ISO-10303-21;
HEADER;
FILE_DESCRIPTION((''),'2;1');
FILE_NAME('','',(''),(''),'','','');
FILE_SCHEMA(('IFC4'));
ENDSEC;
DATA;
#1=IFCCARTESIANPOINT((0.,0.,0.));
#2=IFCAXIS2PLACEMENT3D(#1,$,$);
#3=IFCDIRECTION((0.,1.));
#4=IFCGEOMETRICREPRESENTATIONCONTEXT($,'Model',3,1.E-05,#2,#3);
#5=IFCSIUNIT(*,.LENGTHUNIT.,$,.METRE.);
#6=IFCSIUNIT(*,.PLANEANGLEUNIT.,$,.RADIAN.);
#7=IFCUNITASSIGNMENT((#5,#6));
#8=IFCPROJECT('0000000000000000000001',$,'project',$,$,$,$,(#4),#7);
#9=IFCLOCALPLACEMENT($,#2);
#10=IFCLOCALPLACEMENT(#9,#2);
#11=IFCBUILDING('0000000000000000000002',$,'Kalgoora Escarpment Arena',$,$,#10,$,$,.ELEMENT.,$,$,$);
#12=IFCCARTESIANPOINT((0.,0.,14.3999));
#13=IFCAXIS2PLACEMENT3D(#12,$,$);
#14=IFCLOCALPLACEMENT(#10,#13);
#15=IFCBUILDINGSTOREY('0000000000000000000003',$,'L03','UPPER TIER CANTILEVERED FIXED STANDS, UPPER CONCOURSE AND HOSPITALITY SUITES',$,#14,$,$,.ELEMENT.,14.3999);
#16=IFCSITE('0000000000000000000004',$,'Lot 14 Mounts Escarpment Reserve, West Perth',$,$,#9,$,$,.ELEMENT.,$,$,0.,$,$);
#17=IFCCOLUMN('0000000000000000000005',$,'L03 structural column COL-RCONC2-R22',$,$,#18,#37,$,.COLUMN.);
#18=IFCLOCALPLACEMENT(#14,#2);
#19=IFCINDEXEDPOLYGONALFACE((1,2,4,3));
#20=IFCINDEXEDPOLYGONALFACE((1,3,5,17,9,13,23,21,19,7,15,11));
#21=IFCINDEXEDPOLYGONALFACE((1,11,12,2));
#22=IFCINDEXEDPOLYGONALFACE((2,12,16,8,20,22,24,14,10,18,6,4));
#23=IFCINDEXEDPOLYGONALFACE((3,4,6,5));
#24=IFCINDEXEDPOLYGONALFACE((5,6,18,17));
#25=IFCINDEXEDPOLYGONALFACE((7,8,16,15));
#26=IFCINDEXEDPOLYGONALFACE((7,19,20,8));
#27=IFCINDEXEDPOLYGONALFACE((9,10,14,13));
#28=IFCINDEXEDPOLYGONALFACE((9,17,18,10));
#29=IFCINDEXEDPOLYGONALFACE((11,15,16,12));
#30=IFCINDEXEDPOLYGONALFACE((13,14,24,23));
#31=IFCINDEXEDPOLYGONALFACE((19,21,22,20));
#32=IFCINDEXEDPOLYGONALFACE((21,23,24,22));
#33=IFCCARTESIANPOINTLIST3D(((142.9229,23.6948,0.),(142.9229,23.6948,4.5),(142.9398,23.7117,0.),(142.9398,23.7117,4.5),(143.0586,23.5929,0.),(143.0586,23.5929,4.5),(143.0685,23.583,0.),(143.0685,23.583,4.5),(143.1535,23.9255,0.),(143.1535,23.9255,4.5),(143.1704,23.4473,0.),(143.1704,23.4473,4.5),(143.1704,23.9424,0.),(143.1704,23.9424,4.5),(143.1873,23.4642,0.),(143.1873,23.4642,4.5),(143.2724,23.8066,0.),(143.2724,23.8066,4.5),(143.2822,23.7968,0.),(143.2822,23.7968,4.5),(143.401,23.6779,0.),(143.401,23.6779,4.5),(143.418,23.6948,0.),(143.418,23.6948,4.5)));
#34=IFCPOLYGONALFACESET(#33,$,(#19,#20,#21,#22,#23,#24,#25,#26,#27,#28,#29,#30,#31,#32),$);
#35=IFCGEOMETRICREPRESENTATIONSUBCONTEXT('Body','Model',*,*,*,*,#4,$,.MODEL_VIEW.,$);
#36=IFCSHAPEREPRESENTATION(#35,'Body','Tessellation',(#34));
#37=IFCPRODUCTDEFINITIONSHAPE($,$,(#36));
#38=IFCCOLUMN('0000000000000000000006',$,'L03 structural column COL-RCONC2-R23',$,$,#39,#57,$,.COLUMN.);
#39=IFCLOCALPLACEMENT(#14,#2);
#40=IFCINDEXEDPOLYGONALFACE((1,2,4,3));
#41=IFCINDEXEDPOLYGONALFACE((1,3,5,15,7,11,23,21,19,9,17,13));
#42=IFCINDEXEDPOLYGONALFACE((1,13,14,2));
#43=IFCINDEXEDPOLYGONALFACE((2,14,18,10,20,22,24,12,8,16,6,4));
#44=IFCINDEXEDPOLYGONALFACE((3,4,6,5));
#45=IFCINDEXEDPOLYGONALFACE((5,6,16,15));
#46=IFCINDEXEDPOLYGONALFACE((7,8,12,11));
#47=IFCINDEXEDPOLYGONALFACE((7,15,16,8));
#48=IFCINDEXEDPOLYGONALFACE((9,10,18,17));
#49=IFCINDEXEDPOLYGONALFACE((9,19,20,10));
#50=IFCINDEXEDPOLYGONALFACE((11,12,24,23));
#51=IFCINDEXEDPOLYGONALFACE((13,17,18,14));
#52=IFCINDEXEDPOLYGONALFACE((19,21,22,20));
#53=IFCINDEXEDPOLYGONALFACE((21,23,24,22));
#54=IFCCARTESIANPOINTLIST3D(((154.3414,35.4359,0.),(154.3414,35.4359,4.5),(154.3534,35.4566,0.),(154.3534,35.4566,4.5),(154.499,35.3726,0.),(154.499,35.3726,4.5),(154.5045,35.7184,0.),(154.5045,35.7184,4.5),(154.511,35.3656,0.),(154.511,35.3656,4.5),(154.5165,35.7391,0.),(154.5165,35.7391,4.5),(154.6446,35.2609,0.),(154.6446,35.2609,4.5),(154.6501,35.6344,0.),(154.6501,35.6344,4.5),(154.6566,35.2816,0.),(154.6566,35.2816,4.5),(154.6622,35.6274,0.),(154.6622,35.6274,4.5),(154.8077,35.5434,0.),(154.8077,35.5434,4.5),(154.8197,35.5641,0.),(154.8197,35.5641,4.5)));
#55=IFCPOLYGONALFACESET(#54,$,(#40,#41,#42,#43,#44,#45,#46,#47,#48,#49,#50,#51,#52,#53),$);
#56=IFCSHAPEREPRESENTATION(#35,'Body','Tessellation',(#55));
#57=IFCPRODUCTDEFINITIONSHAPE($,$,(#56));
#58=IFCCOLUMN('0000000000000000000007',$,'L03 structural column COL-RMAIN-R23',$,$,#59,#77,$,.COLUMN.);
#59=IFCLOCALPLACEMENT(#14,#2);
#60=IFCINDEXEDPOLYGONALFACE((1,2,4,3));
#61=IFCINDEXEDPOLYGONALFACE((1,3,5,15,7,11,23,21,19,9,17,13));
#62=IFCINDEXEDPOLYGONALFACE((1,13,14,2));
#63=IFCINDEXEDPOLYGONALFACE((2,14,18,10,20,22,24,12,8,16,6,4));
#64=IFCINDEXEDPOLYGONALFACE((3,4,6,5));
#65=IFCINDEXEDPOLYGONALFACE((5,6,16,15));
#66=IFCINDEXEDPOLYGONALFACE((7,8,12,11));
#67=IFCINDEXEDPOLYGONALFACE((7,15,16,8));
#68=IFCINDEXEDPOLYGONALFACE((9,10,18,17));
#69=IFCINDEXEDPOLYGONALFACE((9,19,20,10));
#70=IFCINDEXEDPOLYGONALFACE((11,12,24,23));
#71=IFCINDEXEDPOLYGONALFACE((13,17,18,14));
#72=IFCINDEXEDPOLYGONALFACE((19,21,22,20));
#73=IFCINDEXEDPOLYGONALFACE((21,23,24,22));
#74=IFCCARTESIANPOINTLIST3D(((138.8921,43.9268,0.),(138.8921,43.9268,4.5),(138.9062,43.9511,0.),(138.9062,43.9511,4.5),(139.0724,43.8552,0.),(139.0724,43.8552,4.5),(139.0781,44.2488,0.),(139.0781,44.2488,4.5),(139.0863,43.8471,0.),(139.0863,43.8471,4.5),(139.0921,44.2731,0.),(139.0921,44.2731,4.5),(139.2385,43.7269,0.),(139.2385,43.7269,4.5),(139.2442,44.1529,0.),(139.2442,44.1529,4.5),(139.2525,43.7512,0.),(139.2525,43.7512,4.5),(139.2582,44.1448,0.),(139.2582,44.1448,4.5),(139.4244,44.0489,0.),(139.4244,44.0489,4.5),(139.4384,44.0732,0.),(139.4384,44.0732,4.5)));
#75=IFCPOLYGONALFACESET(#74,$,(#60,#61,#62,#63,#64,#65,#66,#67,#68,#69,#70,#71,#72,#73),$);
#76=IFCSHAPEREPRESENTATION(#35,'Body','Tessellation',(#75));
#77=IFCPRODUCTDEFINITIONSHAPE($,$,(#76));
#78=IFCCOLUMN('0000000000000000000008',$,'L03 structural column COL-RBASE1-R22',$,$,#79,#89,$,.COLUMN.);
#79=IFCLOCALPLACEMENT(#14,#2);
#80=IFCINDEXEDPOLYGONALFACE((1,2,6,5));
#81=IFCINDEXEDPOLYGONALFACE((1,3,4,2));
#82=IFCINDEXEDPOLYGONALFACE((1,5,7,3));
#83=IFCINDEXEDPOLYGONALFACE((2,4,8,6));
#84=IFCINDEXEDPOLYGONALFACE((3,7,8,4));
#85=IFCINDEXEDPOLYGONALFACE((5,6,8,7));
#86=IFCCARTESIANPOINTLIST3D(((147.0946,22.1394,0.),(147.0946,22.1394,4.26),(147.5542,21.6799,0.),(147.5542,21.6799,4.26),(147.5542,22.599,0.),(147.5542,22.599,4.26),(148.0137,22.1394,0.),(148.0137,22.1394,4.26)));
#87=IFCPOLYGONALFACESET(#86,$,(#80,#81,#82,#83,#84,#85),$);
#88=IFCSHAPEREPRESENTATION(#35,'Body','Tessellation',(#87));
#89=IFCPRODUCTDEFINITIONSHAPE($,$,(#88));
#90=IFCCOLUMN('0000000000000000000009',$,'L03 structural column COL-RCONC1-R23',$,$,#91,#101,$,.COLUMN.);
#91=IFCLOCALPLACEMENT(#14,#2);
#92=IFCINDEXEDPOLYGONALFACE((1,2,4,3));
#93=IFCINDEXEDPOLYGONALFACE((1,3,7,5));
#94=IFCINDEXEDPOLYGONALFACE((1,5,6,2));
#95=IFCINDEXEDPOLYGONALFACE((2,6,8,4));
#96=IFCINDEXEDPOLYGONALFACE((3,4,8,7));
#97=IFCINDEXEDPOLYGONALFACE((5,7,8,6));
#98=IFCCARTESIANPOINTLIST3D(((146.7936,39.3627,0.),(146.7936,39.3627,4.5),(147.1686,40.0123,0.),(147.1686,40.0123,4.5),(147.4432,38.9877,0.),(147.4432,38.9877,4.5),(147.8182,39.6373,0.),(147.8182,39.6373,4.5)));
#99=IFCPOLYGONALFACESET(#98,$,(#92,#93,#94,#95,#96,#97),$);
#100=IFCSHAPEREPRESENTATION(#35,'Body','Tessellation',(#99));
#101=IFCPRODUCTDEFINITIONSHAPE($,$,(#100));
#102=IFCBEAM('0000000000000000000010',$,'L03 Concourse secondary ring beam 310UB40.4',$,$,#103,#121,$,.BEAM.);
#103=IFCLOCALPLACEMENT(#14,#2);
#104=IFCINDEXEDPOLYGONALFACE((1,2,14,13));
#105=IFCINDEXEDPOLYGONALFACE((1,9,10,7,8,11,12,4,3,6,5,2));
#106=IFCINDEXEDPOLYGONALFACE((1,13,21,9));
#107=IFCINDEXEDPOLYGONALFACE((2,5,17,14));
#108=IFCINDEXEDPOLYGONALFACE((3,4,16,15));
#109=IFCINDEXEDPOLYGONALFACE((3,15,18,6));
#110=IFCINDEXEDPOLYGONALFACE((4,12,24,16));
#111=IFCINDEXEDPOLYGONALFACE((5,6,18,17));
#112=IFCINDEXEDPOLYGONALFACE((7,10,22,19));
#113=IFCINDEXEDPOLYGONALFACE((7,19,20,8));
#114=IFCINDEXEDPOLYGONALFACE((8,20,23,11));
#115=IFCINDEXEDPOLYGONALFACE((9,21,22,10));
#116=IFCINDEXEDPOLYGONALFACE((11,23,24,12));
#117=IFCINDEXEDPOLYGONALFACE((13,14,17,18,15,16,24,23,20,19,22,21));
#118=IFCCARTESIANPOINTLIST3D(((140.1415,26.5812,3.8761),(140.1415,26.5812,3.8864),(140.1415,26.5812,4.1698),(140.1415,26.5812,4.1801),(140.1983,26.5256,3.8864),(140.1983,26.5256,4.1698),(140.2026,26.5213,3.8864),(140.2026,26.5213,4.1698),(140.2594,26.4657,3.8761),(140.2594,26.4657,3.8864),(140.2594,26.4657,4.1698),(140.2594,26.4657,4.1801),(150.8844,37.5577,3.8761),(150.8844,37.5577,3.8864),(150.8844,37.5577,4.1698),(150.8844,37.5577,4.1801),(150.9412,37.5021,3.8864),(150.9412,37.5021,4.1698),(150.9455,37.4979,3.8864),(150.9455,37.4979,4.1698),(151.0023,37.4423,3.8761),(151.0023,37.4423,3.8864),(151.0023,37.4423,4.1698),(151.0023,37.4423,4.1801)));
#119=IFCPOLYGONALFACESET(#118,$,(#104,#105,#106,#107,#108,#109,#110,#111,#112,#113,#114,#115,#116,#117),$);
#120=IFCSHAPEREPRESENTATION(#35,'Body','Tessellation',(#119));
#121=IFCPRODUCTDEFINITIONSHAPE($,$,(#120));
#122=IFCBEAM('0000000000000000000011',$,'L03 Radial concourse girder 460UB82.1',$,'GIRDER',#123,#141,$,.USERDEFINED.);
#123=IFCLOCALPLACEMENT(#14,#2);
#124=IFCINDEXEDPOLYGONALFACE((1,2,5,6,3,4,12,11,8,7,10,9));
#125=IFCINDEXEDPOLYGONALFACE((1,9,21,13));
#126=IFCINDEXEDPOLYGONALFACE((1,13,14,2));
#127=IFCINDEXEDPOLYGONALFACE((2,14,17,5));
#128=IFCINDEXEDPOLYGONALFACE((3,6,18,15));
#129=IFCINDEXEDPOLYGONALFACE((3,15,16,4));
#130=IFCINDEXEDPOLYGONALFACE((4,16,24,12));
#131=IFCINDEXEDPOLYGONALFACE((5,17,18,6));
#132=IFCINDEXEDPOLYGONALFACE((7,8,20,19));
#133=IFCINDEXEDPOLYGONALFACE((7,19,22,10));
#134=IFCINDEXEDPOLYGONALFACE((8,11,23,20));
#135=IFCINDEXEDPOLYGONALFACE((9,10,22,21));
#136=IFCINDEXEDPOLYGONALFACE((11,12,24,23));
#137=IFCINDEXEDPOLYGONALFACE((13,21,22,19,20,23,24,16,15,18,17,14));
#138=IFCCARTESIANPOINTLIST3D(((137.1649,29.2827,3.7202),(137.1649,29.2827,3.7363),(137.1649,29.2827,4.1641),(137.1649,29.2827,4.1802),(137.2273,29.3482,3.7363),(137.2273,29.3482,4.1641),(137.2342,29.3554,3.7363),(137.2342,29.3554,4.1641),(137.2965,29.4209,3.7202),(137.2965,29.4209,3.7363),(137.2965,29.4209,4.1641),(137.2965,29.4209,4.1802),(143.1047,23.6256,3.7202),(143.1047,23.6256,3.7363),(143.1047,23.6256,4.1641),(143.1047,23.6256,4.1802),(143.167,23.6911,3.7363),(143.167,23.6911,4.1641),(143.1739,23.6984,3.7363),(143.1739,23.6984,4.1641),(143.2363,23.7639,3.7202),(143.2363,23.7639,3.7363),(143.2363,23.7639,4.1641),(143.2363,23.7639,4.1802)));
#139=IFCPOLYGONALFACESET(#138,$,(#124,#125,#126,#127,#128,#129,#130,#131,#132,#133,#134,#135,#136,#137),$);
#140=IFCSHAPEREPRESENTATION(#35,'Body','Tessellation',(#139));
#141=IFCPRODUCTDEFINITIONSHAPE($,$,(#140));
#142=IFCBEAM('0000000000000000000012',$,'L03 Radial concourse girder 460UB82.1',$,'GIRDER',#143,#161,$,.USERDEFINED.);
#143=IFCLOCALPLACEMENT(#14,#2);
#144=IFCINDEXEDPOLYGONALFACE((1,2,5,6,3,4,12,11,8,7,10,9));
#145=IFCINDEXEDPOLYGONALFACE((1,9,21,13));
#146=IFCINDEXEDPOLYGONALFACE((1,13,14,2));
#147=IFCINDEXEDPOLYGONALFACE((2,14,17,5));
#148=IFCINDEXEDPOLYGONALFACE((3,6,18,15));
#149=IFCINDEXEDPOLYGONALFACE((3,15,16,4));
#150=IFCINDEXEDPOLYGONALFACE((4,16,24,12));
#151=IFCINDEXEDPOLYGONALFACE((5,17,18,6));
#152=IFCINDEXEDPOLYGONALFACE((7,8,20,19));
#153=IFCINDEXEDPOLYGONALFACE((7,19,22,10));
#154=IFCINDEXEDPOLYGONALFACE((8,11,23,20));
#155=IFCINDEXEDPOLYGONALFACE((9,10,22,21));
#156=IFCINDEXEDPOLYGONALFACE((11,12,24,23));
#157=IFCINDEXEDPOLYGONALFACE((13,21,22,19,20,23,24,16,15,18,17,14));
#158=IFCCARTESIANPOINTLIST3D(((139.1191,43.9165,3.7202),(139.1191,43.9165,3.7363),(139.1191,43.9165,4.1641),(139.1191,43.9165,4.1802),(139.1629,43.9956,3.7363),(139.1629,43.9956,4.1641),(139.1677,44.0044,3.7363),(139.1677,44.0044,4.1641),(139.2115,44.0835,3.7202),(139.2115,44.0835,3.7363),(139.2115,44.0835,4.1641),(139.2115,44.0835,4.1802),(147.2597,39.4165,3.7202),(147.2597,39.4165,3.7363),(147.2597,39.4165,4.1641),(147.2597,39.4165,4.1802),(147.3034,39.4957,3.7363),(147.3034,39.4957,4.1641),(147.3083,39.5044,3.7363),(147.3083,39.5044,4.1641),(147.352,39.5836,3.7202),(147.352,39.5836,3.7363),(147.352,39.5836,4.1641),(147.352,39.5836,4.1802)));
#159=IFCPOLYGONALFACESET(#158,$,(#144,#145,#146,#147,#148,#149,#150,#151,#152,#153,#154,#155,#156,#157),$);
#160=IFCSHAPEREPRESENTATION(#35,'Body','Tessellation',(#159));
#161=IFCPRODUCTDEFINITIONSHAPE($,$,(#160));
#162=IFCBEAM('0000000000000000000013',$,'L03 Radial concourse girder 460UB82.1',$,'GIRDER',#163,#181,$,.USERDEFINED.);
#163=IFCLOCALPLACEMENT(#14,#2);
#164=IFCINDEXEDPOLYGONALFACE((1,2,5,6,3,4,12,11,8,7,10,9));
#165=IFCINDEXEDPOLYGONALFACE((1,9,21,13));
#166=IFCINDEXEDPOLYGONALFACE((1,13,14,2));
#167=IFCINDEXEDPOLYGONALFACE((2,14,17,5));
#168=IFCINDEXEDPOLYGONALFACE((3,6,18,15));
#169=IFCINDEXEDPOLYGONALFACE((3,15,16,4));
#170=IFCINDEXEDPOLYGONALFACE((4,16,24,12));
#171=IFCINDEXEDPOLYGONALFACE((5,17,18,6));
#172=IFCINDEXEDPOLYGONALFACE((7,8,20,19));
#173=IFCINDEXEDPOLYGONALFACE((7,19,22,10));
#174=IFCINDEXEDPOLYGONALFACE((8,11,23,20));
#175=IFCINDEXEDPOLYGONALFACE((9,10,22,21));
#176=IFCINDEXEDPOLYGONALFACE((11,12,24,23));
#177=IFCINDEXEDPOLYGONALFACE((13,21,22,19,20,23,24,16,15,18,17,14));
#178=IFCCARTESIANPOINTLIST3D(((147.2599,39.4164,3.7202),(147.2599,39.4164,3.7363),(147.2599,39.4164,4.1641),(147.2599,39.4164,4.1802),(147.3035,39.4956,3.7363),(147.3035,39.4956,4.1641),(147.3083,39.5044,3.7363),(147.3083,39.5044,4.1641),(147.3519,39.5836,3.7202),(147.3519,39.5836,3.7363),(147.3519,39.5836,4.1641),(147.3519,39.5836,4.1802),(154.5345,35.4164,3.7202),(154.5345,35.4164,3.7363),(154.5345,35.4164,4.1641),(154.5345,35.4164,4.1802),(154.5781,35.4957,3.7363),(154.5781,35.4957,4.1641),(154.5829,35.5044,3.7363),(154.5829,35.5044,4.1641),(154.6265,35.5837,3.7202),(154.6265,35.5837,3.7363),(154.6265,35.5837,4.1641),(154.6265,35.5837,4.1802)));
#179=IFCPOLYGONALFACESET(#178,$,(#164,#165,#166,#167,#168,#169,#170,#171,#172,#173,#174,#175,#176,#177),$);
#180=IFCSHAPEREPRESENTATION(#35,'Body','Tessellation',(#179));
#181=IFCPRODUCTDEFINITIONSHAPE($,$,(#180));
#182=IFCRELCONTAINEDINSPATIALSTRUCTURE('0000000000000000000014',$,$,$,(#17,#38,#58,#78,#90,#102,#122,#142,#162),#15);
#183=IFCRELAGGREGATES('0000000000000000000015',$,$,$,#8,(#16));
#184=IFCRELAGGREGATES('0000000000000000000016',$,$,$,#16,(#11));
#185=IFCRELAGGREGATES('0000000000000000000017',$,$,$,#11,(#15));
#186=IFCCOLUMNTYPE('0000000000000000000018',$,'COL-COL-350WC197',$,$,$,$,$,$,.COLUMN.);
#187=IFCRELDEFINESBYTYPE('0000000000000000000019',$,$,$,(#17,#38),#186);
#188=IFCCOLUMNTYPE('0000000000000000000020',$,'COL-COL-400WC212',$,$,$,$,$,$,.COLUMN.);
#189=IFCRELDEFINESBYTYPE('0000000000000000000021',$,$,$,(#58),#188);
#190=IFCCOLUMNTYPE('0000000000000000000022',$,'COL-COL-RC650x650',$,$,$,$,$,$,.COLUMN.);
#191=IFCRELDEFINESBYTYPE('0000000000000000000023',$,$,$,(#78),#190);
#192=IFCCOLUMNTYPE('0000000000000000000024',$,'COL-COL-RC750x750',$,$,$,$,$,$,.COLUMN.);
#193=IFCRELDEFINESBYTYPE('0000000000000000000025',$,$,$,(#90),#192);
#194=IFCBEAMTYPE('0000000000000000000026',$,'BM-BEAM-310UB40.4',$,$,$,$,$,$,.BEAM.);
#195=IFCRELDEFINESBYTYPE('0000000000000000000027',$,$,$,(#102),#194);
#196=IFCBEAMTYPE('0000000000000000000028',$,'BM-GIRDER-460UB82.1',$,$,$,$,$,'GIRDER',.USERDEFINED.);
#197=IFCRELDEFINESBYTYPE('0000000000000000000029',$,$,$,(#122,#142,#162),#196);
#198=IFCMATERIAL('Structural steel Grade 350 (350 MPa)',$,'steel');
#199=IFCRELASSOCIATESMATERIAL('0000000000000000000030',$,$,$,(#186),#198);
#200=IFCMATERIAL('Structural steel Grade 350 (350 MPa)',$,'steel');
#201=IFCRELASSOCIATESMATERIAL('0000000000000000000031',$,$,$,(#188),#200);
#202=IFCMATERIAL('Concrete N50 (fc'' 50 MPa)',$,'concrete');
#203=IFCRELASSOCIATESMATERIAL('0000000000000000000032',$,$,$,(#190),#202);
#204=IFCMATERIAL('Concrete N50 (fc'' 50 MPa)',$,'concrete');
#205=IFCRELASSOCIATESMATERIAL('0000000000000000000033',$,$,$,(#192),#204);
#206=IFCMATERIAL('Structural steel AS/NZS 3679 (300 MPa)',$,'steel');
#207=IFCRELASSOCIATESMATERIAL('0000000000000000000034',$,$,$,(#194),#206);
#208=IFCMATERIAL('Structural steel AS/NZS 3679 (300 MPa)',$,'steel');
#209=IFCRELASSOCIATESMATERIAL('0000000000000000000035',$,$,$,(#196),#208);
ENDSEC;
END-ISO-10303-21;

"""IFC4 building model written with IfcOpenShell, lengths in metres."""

from ifc_helpers import new_model, si_unit, direction, frame, origin, origin_2d, place, context, subcontext, project, spatial, rectangle, i_section, extrude, material, material_profile, profile_set, type_object, element, save


model = new_model("IFC4")

# Units and contexts
model_context = context("Model", 3, precision=1e-05, world=origin(), true_north=direction((0.0, 1.0)))
body_context = subcontext(model_context, "Body", "Model", "MODEL_VIEW")
ifc_project = project(units=[si_unit("LENGTHUNIT", "METRE"), si_unit("PLANEANGLEUNIT", "RADIAN")], contexts=[model_context])

# Site, building, storey
site_placement = place(None, origin())
site = spatial("IfcSite", under=ifc_project, at=site_placement, Name="Lot 14 Mounts Escarpment Reserve, West Perth", CompositionType="ELEMENT", RefElevation=0.0)
building_placement = place(site_placement, origin())
building = spatial("IfcBuilding", under=site, at=building_placement, Name="Kalgoora Escarpment Arena", CompositionType="ELEMENT")
storey_placement = place(building_placement, frame((0.0, 0.0, 14.3999)))
storey = spatial("IfcBuildingStorey", under=building, at=storey_placement, Name="L03", Description="UPPER TIER CANTILEVERED FIXED STANDS, UPPER CONCOURSE AND HOSPITALITY SUITES", CompositionType="ELEMENT", Elevation=14.3999)

# Columns
ifc_material_1 = material(Name="Structural steel Grade 350 (350 MPa)", Category="steel")
ifc_material_profile_1 = material_profile(ifc_material_1, i_section(OverallWidth=0.3501, OverallDepth=0.3501, WebThickness=0.0139, FlangeThickness=0.0239, at=origin_2d()))
ifc_profile_set_1 = profile_set([ifc_material_profile_1], Name="Structural steel Grade 350 (350 MPa)")
column_type_1 = type_object("IfcColumnType", Name="COL-COL-350WC197", PredefinedType="COLUMN", material=ifc_profile_set_1)
for number, where, z_axis, x_axis, name in (
    (1, (143.1704, 23.6948, 0.0), (0.0, 0.0, 1.0), (0.707107, -0.707107, 0.0), "L03 structural column COL-RCONC2-R22"),
    (2, (154.5806, 35.5, 0.0), (0.0, 0.0, 1.0), (0.866025, -0.5, 0.0), "L03 structural column COL-RCONC2-R23"),
):
    element("IfcColumn", number, at=place(storey_placement, frame(where, z_axis=z_axis, x_axis=x_axis)), inside=storey, type_object=column_type_1, Name=name, PredefinedType="COLUMN", context=body_context, shape_type="SweptSolid", body=[
        extrude(i_section(OverallWidth=0.3501, OverallDepth=0.3501, WebThickness=0.0139, FlangeThickness=0.0239, at=origin_2d()), origin(), (0.0, 0.0, 1.0), 4.5),
    ])
ifc_material_2 = material(Name="Structural steel Grade 350 (350 MPa)", Category="steel")
ifc_material_profile_2 = material_profile(ifc_material_2, i_section(OverallWidth=0.3999, OverallDepth=0.3999, WebThickness=0.0161, FlangeThickness=0.0281, at=origin_2d()))
ifc_profile_set_2 = profile_set([ifc_material_profile_2], Name="Structural steel Grade 350 (350 MPa)")
column_type_2 = type_object("IfcColumnType", Name="COL-COL-400WC212", PredefinedType="COLUMN", material=ifc_profile_set_2)
column_1_placement = place(storey_placement, frame((139.1653, 44.0, 0.0), z_axis=(0.0, 0.0, 1.0), x_axis=(0.866025, -0.5, 0.0)))
element("IfcColumn", 3, at=column_1_placement, inside=storey, type_object=column_type_2, Name="L03 structural column COL-RMAIN-R23", PredefinedType="COLUMN", context=body_context, shape_type="SweptSolid", body=[
    extrude(i_section(OverallWidth=0.3999, OverallDepth=0.3999, WebThickness=0.0161, FlangeThickness=0.0281, at=origin_2d()), origin(), (0.0, 0.0, 1.0), 4.5),
])
ifc_material_3 = material(Name="Concrete N50 (fc' 50 MPa)", Category="concrete")
ifc_material_profile_3 = material_profile(ifc_material_3, rectangle(XDim=0.6499, YDim=0.6499, at=origin_2d()))
ifc_profile_set_3 = profile_set([ifc_material_profile_3], Name="Concrete N50 (fc' 50 MPa)")
column_type_3 = type_object("IfcColumnType", Name="COL-COL-RC650x650", PredefinedType="COLUMN", material=ifc_profile_set_3)
column_2_placement = place(storey_placement, frame((147.5542, 22.1394, 0.0), z_axis=(0.0, 0.0, 1.0), x_axis=(0.707107, -0.707107, 0.0)))
element("IfcColumn", 4, at=column_2_placement, inside=storey, type_object=column_type_3, Name="L03 structural column COL-RBASE1-R22", PredefinedType="COLUMN", context=body_context, shape_type="SweptSolid", body=[
    extrude(rectangle(XDim=0.6499, YDim=0.6499, at=origin_2d()), origin(), (0.0, 0.0, 1.0), 4.26),
])
ifc_material_4 = material(Name="Concrete N50 (fc' 50 MPa)", Category="concrete")
ifc_material_profile_4 = material_profile(ifc_material_4, rectangle(XDim=0.75, YDim=0.75, at=origin_2d()))
ifc_profile_set_4 = profile_set([ifc_material_profile_4], Name="Concrete N50 (fc' 50 MPa)")
column_type_4 = type_object("IfcColumnType", Name="COL-COL-RC750x750", PredefinedType="COLUMN", material=ifc_profile_set_4)
column_3_placement = place(storey_placement, frame((147.3059, 39.5, 0.0), z_axis=(0.0, 0.0, 1.0), x_axis=(0.866025, -0.5, 0.0)))
element("IfcColumn", 5, at=column_3_placement, inside=storey, type_object=column_type_4, Name="L03 structural column COL-RCONC1-R23", PredefinedType="COLUMN", context=body_context, shape_type="SweptSolid", body=[
    extrude(rectangle(XDim=0.75, YDim=0.75, at=origin_2d()), origin(), (0.0, 0.0, 1.0), 4.5),
])

# Beams
ifc_material_5 = material(Name="Structural steel AS/NZS 3679 (300 MPa)", Category="steel")
ifc_material_profile_5 = material_profile(ifc_material_5, i_section(OverallWidth=0.165, OverallDepth=0.304, WebThickness=0.0061, FlangeThickness=0.0103, at=origin_2d()))
ifc_profile_set_5 = profile_set([ifc_material_profile_5], Name="Structural steel AS/NZS 3679 (300 MPa)")
beam_type_1 = type_object("IfcBeamType", Name="BM-BEAM-310UB40.4", PredefinedType="BEAM", material=ifc_profile_set_5)
beam_1_placement = place(storey_placement, frame((140.2004, 26.5234, 4.0281), z_axis=(0.69946, 0.714672, 0.0), x_axis=(-0.714672, 0.69946, 0.0)))
element("IfcBeam", 6, at=beam_1_placement, inside=storey, type_object=beam_type_1, Name="L03 Concourse secondary ring beam 310UB40.4", PredefinedType="BEAM", context=body_context, shape_type="SweptSolid", body=[
    extrude(i_section(OverallWidth=0.165, OverallDepth=0.304, WebThickness=0.0061, FlangeThickness=0.0103, at=origin_2d()), origin(), (0.0, 0.0, 1.0), 15.3589),
])
ifc_material_6 = material(Name="Structural steel AS/NZS 3679 (300 MPa)", Category="steel")
ifc_material_profile_6 = material_profile(ifc_material_6, i_section(OverallWidth=0.1909, OverallDepth=0.46, WebThickness=0.01, FlangeThickness=0.0161, at=origin_2d()))
ifc_profile_set_6 = profile_set([ifc_material_profile_6], Name="Structural steel AS/NZS 3679 (300 MPa)")
beam_type_2 = type_object("IfcBeamType", Name="BM-GIRDER-460UB82.1", ElementType="GIRDER", PredefinedType="USERDEFINED", material=ifc_profile_set_6)
beam_2_placement = place(storey_placement, frame((137.2307, 29.3518, 3.9502), z_axis=(0.72413, -0.689663, 0.0), x_axis=(0.689663, 0.72413, 0.0)))
element("IfcBeam", 7, at=beam_2_placement, inside=storey, type_object=beam_type_2, Name="L03 Radial concourse girder 460UB82.1", ObjectType="GIRDER", PredefinedType="USERDEFINED", context=body_context, shape_type="SweptSolid", body=[
    extrude(i_section(OverallWidth=0.1909, OverallDepth=0.46, WebThickness=0.01, FlangeThickness=0.0161, at=origin_2d()), origin(), (0.0, 0.0, 1.0), 8.2026),
])
beam_3_placement = place(storey_placement, frame((139.1653, 44.0, 3.9502), z_axis=(0.875185, -0.483788, 0.0), x_axis=(0.483788, 0.875185, 0.0)))
element("IfcBeam", 8, at=beam_3_placement, inside=storey, type_object=beam_type_2, Name="L03 Radial concourse girder 460UB82.1", ObjectType="GIRDER", PredefinedType="USERDEFINED", context=body_context, shape_type="SweptSolid", body=[
    extrude(i_section(OverallWidth=0.1909, OverallDepth=0.46, WebThickness=0.01, FlangeThickness=0.0161, at=origin_2d()), origin(), (0.0, 0.0, 1.0), 9.3015),
])
beam_4_placement = place(storey_placement, frame((147.3059, 39.5, 3.9502), z_axis=(0.87627, -0.481821, 0.0), x_axis=(0.481821, 0.87627, 0.0)))
element("IfcBeam", 9, at=beam_4_placement, inside=storey, type_object=beam_type_2, Name="L03 Radial concourse girder 460UB82.1", ObjectType="GIRDER", PredefinedType="USERDEFINED", context=body_context, shape_type="SweptSolid", body=[
    extrude(i_section(OverallWidth=0.1909, OverallDepth=0.46, WebThickness=0.01, FlangeThickness=0.0161, at=origin_2d()), origin(), (0.0, 0.0, 1.0), 8.3018),
])

save(model, "model.ifc")
